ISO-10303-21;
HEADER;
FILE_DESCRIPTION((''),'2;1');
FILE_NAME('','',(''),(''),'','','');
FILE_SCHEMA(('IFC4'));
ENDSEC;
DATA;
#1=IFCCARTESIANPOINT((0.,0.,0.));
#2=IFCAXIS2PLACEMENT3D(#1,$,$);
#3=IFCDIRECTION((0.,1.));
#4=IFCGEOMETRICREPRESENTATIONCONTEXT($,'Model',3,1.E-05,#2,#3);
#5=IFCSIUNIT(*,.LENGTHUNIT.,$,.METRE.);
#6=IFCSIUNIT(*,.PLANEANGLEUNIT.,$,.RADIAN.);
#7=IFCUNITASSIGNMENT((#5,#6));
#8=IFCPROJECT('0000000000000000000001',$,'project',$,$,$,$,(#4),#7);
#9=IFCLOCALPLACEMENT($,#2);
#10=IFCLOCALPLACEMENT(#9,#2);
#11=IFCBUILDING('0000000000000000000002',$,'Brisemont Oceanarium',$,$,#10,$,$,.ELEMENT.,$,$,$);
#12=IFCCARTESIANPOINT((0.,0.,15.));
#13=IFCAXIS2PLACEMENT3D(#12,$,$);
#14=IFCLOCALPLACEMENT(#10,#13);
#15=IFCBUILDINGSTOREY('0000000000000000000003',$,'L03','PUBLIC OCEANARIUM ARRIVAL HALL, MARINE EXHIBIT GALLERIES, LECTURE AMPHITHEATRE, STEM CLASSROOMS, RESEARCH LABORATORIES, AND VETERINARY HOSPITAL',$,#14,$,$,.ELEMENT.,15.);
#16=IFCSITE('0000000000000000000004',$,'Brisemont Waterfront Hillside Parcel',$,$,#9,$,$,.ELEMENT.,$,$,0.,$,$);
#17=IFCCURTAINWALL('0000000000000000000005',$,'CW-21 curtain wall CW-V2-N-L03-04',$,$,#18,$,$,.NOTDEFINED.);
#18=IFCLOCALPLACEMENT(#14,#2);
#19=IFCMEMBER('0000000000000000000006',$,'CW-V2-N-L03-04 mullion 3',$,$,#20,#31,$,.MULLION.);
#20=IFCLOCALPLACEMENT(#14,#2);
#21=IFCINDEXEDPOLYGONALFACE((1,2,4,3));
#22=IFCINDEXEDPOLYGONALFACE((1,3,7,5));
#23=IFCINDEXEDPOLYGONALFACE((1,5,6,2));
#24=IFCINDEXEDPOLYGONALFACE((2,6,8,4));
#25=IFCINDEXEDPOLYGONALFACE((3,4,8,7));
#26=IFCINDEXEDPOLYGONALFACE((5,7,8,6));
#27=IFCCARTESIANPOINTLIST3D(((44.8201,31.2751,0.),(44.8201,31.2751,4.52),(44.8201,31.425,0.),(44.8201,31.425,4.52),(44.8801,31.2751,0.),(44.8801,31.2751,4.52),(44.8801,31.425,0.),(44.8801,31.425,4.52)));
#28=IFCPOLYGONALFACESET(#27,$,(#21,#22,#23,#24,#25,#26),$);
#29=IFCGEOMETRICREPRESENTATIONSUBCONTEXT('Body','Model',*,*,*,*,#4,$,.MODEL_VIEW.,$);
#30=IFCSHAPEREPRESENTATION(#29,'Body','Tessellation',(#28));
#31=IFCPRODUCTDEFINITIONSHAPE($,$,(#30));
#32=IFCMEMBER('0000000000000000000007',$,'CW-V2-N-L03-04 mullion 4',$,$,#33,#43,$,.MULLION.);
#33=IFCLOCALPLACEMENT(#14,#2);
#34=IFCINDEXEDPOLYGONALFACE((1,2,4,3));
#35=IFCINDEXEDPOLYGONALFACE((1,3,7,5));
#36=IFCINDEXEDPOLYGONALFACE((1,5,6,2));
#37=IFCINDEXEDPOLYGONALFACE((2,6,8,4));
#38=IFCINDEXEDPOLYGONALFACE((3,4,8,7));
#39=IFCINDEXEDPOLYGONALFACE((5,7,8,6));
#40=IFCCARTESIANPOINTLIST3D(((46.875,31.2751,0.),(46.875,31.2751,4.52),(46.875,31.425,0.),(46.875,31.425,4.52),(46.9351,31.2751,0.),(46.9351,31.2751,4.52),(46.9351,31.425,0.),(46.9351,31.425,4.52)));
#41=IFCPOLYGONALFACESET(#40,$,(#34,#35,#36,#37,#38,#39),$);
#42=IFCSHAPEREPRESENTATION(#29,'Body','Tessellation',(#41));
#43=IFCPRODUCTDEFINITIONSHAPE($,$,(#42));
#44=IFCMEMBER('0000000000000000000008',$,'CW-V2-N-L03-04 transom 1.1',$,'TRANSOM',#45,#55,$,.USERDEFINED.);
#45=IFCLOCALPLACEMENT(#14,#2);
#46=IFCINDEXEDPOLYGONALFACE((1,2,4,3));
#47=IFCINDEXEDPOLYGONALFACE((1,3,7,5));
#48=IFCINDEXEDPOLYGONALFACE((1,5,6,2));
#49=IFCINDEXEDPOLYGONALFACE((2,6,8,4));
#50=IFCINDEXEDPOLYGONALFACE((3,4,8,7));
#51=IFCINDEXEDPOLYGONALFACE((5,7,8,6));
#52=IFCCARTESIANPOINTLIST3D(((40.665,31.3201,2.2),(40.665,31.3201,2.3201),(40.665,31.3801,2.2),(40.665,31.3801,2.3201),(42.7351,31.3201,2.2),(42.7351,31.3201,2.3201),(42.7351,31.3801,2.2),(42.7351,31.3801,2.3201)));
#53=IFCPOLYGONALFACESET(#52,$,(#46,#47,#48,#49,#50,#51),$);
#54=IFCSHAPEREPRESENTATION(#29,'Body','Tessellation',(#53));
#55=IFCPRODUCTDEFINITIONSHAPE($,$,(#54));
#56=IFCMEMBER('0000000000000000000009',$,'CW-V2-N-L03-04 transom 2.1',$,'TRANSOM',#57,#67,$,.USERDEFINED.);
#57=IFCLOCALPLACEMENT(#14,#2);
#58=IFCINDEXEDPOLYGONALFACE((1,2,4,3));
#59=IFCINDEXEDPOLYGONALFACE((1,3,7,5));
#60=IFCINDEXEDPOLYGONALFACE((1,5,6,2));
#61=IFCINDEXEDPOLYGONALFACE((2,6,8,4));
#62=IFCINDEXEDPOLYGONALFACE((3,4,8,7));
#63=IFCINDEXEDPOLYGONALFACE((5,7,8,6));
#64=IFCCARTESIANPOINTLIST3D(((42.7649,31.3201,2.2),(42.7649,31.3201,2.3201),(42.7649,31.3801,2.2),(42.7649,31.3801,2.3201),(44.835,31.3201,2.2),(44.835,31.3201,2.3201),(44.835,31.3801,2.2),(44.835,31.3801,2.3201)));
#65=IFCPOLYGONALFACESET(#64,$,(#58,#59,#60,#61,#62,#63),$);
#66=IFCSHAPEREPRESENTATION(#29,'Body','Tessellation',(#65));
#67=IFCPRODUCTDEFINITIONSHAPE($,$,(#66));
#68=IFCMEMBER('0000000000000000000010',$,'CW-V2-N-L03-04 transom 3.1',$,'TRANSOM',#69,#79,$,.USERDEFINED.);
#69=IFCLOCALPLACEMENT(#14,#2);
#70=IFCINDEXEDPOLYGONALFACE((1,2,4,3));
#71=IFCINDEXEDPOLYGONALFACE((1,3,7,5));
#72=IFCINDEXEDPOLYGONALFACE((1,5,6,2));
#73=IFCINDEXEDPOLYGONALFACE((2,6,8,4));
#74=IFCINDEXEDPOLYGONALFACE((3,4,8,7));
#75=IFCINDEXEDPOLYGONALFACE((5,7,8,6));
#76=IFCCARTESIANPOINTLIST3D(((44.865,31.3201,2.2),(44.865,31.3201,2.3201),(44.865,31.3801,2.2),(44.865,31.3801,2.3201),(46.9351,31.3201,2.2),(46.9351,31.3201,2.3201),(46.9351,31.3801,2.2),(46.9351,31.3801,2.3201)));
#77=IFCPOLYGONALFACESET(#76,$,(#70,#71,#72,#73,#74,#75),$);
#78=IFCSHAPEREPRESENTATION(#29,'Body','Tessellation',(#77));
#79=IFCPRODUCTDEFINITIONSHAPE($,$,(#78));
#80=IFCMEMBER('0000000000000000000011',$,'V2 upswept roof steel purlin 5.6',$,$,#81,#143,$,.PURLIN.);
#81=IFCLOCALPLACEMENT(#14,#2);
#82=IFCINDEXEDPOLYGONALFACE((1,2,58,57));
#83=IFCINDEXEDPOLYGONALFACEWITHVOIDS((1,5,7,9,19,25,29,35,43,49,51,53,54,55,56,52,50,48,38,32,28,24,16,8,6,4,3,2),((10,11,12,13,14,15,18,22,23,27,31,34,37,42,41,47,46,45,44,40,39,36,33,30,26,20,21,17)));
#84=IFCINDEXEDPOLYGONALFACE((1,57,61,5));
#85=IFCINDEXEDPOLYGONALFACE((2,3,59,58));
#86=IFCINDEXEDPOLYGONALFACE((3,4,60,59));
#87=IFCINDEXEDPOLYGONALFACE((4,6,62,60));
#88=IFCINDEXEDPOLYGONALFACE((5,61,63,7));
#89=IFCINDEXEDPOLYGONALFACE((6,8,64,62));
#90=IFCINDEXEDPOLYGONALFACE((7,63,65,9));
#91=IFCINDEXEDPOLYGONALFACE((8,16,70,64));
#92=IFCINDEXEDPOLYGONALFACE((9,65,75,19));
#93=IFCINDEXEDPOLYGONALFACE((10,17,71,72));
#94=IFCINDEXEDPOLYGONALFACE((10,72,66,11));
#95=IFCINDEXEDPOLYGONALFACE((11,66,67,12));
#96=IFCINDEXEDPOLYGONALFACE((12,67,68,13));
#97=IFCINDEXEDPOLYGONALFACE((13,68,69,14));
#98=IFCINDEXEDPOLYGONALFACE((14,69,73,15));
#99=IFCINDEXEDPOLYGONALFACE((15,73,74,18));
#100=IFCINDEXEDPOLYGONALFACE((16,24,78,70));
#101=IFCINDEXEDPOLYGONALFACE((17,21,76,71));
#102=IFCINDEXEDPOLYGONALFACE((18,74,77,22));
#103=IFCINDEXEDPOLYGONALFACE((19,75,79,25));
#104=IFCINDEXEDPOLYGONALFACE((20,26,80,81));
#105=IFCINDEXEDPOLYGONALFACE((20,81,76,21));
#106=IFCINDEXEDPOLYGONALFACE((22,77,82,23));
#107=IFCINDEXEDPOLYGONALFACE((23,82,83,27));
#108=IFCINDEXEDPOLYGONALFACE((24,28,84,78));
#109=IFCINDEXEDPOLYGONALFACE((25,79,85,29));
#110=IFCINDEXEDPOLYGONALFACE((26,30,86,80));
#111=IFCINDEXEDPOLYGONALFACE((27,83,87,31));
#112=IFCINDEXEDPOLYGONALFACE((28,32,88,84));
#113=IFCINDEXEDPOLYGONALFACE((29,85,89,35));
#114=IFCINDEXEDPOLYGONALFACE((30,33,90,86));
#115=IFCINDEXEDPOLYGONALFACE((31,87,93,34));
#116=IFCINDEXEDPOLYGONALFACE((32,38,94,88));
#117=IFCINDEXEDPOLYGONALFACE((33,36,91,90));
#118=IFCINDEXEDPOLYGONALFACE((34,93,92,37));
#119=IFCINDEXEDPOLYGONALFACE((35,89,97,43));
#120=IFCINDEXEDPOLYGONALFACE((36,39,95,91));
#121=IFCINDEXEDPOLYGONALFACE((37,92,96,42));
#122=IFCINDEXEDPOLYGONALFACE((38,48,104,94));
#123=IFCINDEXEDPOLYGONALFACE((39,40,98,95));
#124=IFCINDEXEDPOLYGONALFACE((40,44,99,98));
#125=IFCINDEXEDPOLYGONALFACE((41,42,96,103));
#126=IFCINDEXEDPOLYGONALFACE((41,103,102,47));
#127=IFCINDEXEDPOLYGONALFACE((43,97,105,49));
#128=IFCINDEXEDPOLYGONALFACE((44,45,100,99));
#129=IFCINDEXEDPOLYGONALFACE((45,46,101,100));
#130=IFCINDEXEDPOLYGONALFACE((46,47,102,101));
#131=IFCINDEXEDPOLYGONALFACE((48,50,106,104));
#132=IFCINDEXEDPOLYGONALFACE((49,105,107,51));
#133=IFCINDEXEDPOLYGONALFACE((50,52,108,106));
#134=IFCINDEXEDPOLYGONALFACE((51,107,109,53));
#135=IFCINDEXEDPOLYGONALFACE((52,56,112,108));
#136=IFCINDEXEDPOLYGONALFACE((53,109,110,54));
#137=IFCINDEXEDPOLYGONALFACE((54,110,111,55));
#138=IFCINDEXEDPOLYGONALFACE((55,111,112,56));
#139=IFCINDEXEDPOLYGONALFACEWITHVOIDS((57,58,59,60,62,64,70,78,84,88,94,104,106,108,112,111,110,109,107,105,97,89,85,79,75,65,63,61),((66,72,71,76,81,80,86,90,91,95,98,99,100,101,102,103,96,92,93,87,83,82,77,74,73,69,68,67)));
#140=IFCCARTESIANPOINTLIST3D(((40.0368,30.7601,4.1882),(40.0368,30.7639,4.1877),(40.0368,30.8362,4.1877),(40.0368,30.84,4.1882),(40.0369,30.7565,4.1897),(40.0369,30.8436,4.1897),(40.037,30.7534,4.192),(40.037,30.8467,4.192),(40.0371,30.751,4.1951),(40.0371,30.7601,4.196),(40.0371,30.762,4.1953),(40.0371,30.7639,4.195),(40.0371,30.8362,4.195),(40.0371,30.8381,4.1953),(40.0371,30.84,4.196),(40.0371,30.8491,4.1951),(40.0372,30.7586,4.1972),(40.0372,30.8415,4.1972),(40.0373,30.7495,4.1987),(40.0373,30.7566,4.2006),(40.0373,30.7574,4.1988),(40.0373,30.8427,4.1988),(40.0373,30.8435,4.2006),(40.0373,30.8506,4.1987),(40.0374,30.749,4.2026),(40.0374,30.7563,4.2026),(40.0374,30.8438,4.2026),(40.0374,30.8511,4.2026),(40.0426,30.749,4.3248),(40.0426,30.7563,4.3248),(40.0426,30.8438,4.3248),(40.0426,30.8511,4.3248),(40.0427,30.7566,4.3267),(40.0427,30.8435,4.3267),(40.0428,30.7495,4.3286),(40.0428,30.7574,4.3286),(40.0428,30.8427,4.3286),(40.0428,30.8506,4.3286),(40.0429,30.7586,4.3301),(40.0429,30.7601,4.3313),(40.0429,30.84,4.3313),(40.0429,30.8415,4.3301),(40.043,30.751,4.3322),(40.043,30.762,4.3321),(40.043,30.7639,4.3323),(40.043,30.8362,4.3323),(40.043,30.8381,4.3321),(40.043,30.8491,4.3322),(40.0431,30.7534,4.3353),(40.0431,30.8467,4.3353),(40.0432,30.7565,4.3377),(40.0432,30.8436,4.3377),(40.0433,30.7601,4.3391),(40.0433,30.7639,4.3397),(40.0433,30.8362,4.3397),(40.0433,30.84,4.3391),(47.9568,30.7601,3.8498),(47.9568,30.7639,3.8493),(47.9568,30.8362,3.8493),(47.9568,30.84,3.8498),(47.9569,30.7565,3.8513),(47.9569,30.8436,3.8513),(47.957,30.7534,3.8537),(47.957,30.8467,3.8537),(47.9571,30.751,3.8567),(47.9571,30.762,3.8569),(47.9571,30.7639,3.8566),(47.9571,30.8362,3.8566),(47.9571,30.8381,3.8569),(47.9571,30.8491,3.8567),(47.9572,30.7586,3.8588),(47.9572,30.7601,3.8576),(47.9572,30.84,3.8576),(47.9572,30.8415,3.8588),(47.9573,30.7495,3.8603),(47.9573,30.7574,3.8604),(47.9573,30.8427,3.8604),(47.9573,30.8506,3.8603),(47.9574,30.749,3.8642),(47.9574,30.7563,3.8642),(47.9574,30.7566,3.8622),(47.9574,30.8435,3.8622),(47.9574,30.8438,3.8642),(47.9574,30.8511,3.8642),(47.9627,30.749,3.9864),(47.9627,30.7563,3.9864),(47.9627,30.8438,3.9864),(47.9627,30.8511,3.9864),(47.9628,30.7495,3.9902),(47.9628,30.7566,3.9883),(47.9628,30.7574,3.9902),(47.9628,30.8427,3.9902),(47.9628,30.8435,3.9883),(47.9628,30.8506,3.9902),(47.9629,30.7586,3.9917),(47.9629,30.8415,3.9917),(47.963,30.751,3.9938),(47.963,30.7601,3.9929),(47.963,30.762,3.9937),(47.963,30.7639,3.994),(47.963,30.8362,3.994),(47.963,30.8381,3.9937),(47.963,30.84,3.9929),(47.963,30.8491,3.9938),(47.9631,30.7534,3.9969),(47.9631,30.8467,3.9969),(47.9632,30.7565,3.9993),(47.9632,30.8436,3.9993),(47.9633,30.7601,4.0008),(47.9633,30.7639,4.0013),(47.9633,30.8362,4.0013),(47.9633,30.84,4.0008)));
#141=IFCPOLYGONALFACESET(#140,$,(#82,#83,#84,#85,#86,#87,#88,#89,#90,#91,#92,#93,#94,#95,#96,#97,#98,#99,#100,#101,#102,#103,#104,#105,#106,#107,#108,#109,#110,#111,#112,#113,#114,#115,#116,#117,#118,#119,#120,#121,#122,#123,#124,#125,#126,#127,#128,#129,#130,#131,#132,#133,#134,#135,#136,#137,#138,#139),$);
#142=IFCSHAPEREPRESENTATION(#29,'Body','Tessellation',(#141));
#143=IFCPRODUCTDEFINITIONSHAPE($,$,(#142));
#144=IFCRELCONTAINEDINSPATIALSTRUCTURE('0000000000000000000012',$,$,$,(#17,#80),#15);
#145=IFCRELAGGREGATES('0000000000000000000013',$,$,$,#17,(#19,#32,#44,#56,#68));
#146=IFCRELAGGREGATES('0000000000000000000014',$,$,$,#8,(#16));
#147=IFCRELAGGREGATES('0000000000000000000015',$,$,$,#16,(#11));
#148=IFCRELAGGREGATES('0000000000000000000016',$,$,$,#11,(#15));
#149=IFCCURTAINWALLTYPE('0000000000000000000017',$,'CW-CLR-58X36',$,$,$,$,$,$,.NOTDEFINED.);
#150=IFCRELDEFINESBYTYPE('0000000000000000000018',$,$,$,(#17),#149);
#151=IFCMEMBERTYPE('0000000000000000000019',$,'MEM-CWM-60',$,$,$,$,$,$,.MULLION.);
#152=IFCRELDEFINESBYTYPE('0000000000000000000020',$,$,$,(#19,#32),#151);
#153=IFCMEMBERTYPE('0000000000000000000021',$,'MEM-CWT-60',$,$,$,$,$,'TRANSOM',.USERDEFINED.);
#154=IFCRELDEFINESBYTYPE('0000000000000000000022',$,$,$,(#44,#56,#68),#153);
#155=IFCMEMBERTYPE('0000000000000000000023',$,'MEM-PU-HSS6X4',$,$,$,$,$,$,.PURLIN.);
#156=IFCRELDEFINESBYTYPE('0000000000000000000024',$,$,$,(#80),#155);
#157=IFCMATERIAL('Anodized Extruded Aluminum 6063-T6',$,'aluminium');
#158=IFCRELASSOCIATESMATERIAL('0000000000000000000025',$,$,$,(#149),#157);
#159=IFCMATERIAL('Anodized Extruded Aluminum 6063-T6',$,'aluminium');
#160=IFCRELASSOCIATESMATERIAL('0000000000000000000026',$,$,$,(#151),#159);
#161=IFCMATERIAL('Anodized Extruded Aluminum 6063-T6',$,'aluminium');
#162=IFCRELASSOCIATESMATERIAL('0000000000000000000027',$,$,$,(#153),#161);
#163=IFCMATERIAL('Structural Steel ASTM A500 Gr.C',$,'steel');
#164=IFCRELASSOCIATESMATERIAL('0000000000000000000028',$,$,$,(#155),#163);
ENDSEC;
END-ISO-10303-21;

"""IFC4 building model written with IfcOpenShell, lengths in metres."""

from ifc_helpers import new_model, si_unit, direction, frame, origin, origin_2d, place, context, subcontext, project, spatial, rectangle, hollow_rectangle, extrude, material, material_profile, profile_set, type_object, element, aggregate, save


model = new_model("IFC4")

# Units and contexts
model_context = context("Model", 3, precision=1e-05, world=origin(), true_north=direction((0.0, 1.0)))
body_context = subcontext(model_context, "Body", "Model", "MODEL_VIEW")
ifc_project = project(units=[si_unit("LENGTHUNIT", "METRE"), si_unit("PLANEANGLEUNIT", "RADIAN")], contexts=[model_context])

# Site, building, storey
site_placement = place(None, origin())
site = spatial("IfcSite", under=ifc_project, at=site_placement, Name="Brisemont Waterfront Hillside Parcel", CompositionType="ELEMENT", RefElevation=0.0)
building_placement = place(site_placement, origin())
building = spatial("IfcBuilding", under=site, at=building_placement, Name="Brisemont Oceanarium", CompositionType="ELEMENT")
storey_placement = place(building_placement, frame((0.0, 0.0, 15.0)))
storey = spatial("IfcBuildingStorey", under=building, at=storey_placement, Name="L03", Description="PUBLIC OCEANARIUM ARRIVAL HALL, MARINE EXHIBIT GALLERIES, LECTURE AMPHITHEATRE, STEM CLASSROOMS, RESEARCH LABORATORIES, AND VETERINARY HOSPITAL", CompositionType="ELEMENT", Elevation=15.0)

# Shared definitions
ifc_material_1 = material(Name="Anodized Extruded Aluminum 6063-T6", Category="aluminium")
curtain_wall_type = type_object("IfcCurtainWallType", Name="CW-CLR-58X36", PredefinedType="NOTDEFINED", material=ifc_material_1)
ifc_material_2 = material(Name="Anodized Extruded Aluminum 6063-T6", Category="aluminium")
ifc_material_profile_1 = material_profile(ifc_material_2, rectangle(XDim=0.0601, YDim=0.1499, at=origin_2d()), Name="CWM-60X150")
ifc_profile_set_1 = profile_set([ifc_material_profile_1], Name="Anodized Extruded Aluminum 6063-T6")
member_type_1 = type_object("IfcMemberType", Name="MEM-CWM-60", PredefinedType="MULLION", material=ifc_profile_set_1)

# Curtain wall, members
curtain_wall_1_placement = place(storey_placement, origin())
curtain_wall_1 = element("IfcCurtainWall", 1, at=curtain_wall_1_placement, inside=storey, type_object=curtain_wall_type, Name="CW-21 curtain wall CW-V2-N-L03-04", PredefinedType="NOTDEFINED")
member_1_placement = place(storey_placement, frame((44.8501, 31.3501, 0.0), z_axis=(0.0, 0.0, 1.0), x_axis=(1.0, 0.0, 0.0)))
member_1 = element("IfcMember", 2, at=member_1_placement, type_object=member_type_1, Name="CW-V2-N-L03-04 mullion 3", PredefinedType="MULLION", context=body_context, shape_type="SweptSolid", body=[
    extrude(rectangle(XDim=0.0601, YDim=0.1499, at=origin_2d()), origin(), (0.0, 0.0, 1.0), 4.52),
])
member_2_placement = place(storey_placement, frame((46.905, 31.3501, 0.0), z_axis=(0.0, 0.0, 1.0), x_axis=(1.0, 0.0, 0.0)))
member_2 = element("IfcMember", 3, at=member_2_placement, type_object=member_type_1, Name="CW-V2-N-L03-04 mullion 4", PredefinedType="MULLION", context=body_context, shape_type="SweptSolid", body=[
    extrude(rectangle(XDim=0.0601, YDim=0.1499, at=origin_2d()), origin(), (0.0, 0.0, 1.0), 4.52),
])
ifc_material_3 = material(Name="Anodized Extruded Aluminum 6063-T6", Category="aluminium")
ifc_material_profile_2 = material_profile(ifc_material_3, rectangle(XDim=0.0601, YDim=0.1201, at=origin_2d()), Name="CWT-60X120")
ifc_profile_set_2 = profile_set([ifc_material_profile_2], Name="Anodized Extruded Aluminum 6063-T6")
member_type_2 = type_object("IfcMemberType", Name="MEM-CWT-60", ElementType="TRANSOM", PredefinedType="USERDEFINED", material=ifc_profile_set_2)
member_3_placement = place(storey_placement, frame((40.665, 31.3501, 2.26), z_axis=(1.0, 0.0, 0.0), x_axis=(0.0, 1.0, 0.0)))
member_3 = element("IfcMember", 4, at=member_3_placement, type_object=member_type_2, Name="CW-V2-N-L03-04 transom 1.1", ObjectType="TRANSOM", PredefinedType="USERDEFINED", context=body_context, shape_type="SweptSolid", body=[
    extrude(rectangle(XDim=0.0601, YDim=0.1201, at=origin_2d()), origin(), (0.0, 0.0, 1.0), 2.0701),
])
member_4_placement = place(storey_placement, frame((42.7649, 31.3501, 2.26), z_axis=(1.0, 0.0, 0.0), x_axis=(0.0, 1.0, 0.0)))
member_4 = element("IfcMember", 5, at=member_4_placement, type_object=member_type_2, Name="CW-V2-N-L03-04 transom 2.1", ObjectType="TRANSOM", PredefinedType="USERDEFINED", context=body_context, shape_type="SweptSolid", body=[
    extrude(rectangle(XDim=0.0601, YDim=0.1201, at=origin_2d()), origin(), (0.0, 0.0, 1.0), 2.0701),
])
member_5_placement = place(storey_placement, frame((44.865, 31.3501, 2.26), z_axis=(1.0, 0.0, 0.0), x_axis=(0.0, 1.0, 0.0)))
member_5 = element("IfcMember", 6, at=member_5_placement, type_object=member_type_2, Name="CW-V2-N-L03-04 transom 3.1", ObjectType="TRANSOM", PredefinedType="USERDEFINED", context=body_context, shape_type="SweptSolid", body=[
    extrude(rectangle(XDim=0.0601, YDim=0.1201, at=origin_2d()), origin(), (0.0, 0.0, 1.0), 2.0701),
])

# Member
ifc_material_4 = material(Name="Structural Steel ASTM A500 Gr.C", Category="steel")
ifc_material_profile_3 = material_profile(ifc_material_4, hollow_rectangle(XDim=0.1021, YDim=0.1521, WallThickness=0.0073, InnerFilletRadius=0.0076, OuterFilletRadius=0.0149, at=origin_2d()), Name="HSS6X4X5/16")
ifc_profile_set_3 = profile_set([ifc_material_profile_3], Name="Structural Steel ASTM A500 Gr.C")
member_type_3 = type_object("IfcMemberType", Name="MEM-PU-HSS6X4", PredefinedType="PURLIN", material=ifc_profile_set_3)
member_6_placement = place(storey_placement, frame((40.04, 30.8, 4.2637), z_axis=(0.999089, 0.0, -0.042686), x_axis=(0.0, 1.0, 0.0)))
element("IfcMember", 7, at=member_6_placement, inside=storey, type_object=member_type_3, Name="V2 upswept roof steel purlin 5.6", PredefinedType="PURLIN", context=body_context, shape_type="SweptSolid", body=[
    extrude(hollow_rectangle(XDim=0.1021, YDim=0.1521, WallThickness=0.0073, InnerFilletRadius=0.0076, OuterFilletRadius=0.0149, at=origin_2d()), origin(), (0.0, 0.0, 1.0), 7.9272),
])

aggregate(curtain_wall_1, [member_1, member_2, member_3, member_4, member_5])

save(model, "model.ifc")
